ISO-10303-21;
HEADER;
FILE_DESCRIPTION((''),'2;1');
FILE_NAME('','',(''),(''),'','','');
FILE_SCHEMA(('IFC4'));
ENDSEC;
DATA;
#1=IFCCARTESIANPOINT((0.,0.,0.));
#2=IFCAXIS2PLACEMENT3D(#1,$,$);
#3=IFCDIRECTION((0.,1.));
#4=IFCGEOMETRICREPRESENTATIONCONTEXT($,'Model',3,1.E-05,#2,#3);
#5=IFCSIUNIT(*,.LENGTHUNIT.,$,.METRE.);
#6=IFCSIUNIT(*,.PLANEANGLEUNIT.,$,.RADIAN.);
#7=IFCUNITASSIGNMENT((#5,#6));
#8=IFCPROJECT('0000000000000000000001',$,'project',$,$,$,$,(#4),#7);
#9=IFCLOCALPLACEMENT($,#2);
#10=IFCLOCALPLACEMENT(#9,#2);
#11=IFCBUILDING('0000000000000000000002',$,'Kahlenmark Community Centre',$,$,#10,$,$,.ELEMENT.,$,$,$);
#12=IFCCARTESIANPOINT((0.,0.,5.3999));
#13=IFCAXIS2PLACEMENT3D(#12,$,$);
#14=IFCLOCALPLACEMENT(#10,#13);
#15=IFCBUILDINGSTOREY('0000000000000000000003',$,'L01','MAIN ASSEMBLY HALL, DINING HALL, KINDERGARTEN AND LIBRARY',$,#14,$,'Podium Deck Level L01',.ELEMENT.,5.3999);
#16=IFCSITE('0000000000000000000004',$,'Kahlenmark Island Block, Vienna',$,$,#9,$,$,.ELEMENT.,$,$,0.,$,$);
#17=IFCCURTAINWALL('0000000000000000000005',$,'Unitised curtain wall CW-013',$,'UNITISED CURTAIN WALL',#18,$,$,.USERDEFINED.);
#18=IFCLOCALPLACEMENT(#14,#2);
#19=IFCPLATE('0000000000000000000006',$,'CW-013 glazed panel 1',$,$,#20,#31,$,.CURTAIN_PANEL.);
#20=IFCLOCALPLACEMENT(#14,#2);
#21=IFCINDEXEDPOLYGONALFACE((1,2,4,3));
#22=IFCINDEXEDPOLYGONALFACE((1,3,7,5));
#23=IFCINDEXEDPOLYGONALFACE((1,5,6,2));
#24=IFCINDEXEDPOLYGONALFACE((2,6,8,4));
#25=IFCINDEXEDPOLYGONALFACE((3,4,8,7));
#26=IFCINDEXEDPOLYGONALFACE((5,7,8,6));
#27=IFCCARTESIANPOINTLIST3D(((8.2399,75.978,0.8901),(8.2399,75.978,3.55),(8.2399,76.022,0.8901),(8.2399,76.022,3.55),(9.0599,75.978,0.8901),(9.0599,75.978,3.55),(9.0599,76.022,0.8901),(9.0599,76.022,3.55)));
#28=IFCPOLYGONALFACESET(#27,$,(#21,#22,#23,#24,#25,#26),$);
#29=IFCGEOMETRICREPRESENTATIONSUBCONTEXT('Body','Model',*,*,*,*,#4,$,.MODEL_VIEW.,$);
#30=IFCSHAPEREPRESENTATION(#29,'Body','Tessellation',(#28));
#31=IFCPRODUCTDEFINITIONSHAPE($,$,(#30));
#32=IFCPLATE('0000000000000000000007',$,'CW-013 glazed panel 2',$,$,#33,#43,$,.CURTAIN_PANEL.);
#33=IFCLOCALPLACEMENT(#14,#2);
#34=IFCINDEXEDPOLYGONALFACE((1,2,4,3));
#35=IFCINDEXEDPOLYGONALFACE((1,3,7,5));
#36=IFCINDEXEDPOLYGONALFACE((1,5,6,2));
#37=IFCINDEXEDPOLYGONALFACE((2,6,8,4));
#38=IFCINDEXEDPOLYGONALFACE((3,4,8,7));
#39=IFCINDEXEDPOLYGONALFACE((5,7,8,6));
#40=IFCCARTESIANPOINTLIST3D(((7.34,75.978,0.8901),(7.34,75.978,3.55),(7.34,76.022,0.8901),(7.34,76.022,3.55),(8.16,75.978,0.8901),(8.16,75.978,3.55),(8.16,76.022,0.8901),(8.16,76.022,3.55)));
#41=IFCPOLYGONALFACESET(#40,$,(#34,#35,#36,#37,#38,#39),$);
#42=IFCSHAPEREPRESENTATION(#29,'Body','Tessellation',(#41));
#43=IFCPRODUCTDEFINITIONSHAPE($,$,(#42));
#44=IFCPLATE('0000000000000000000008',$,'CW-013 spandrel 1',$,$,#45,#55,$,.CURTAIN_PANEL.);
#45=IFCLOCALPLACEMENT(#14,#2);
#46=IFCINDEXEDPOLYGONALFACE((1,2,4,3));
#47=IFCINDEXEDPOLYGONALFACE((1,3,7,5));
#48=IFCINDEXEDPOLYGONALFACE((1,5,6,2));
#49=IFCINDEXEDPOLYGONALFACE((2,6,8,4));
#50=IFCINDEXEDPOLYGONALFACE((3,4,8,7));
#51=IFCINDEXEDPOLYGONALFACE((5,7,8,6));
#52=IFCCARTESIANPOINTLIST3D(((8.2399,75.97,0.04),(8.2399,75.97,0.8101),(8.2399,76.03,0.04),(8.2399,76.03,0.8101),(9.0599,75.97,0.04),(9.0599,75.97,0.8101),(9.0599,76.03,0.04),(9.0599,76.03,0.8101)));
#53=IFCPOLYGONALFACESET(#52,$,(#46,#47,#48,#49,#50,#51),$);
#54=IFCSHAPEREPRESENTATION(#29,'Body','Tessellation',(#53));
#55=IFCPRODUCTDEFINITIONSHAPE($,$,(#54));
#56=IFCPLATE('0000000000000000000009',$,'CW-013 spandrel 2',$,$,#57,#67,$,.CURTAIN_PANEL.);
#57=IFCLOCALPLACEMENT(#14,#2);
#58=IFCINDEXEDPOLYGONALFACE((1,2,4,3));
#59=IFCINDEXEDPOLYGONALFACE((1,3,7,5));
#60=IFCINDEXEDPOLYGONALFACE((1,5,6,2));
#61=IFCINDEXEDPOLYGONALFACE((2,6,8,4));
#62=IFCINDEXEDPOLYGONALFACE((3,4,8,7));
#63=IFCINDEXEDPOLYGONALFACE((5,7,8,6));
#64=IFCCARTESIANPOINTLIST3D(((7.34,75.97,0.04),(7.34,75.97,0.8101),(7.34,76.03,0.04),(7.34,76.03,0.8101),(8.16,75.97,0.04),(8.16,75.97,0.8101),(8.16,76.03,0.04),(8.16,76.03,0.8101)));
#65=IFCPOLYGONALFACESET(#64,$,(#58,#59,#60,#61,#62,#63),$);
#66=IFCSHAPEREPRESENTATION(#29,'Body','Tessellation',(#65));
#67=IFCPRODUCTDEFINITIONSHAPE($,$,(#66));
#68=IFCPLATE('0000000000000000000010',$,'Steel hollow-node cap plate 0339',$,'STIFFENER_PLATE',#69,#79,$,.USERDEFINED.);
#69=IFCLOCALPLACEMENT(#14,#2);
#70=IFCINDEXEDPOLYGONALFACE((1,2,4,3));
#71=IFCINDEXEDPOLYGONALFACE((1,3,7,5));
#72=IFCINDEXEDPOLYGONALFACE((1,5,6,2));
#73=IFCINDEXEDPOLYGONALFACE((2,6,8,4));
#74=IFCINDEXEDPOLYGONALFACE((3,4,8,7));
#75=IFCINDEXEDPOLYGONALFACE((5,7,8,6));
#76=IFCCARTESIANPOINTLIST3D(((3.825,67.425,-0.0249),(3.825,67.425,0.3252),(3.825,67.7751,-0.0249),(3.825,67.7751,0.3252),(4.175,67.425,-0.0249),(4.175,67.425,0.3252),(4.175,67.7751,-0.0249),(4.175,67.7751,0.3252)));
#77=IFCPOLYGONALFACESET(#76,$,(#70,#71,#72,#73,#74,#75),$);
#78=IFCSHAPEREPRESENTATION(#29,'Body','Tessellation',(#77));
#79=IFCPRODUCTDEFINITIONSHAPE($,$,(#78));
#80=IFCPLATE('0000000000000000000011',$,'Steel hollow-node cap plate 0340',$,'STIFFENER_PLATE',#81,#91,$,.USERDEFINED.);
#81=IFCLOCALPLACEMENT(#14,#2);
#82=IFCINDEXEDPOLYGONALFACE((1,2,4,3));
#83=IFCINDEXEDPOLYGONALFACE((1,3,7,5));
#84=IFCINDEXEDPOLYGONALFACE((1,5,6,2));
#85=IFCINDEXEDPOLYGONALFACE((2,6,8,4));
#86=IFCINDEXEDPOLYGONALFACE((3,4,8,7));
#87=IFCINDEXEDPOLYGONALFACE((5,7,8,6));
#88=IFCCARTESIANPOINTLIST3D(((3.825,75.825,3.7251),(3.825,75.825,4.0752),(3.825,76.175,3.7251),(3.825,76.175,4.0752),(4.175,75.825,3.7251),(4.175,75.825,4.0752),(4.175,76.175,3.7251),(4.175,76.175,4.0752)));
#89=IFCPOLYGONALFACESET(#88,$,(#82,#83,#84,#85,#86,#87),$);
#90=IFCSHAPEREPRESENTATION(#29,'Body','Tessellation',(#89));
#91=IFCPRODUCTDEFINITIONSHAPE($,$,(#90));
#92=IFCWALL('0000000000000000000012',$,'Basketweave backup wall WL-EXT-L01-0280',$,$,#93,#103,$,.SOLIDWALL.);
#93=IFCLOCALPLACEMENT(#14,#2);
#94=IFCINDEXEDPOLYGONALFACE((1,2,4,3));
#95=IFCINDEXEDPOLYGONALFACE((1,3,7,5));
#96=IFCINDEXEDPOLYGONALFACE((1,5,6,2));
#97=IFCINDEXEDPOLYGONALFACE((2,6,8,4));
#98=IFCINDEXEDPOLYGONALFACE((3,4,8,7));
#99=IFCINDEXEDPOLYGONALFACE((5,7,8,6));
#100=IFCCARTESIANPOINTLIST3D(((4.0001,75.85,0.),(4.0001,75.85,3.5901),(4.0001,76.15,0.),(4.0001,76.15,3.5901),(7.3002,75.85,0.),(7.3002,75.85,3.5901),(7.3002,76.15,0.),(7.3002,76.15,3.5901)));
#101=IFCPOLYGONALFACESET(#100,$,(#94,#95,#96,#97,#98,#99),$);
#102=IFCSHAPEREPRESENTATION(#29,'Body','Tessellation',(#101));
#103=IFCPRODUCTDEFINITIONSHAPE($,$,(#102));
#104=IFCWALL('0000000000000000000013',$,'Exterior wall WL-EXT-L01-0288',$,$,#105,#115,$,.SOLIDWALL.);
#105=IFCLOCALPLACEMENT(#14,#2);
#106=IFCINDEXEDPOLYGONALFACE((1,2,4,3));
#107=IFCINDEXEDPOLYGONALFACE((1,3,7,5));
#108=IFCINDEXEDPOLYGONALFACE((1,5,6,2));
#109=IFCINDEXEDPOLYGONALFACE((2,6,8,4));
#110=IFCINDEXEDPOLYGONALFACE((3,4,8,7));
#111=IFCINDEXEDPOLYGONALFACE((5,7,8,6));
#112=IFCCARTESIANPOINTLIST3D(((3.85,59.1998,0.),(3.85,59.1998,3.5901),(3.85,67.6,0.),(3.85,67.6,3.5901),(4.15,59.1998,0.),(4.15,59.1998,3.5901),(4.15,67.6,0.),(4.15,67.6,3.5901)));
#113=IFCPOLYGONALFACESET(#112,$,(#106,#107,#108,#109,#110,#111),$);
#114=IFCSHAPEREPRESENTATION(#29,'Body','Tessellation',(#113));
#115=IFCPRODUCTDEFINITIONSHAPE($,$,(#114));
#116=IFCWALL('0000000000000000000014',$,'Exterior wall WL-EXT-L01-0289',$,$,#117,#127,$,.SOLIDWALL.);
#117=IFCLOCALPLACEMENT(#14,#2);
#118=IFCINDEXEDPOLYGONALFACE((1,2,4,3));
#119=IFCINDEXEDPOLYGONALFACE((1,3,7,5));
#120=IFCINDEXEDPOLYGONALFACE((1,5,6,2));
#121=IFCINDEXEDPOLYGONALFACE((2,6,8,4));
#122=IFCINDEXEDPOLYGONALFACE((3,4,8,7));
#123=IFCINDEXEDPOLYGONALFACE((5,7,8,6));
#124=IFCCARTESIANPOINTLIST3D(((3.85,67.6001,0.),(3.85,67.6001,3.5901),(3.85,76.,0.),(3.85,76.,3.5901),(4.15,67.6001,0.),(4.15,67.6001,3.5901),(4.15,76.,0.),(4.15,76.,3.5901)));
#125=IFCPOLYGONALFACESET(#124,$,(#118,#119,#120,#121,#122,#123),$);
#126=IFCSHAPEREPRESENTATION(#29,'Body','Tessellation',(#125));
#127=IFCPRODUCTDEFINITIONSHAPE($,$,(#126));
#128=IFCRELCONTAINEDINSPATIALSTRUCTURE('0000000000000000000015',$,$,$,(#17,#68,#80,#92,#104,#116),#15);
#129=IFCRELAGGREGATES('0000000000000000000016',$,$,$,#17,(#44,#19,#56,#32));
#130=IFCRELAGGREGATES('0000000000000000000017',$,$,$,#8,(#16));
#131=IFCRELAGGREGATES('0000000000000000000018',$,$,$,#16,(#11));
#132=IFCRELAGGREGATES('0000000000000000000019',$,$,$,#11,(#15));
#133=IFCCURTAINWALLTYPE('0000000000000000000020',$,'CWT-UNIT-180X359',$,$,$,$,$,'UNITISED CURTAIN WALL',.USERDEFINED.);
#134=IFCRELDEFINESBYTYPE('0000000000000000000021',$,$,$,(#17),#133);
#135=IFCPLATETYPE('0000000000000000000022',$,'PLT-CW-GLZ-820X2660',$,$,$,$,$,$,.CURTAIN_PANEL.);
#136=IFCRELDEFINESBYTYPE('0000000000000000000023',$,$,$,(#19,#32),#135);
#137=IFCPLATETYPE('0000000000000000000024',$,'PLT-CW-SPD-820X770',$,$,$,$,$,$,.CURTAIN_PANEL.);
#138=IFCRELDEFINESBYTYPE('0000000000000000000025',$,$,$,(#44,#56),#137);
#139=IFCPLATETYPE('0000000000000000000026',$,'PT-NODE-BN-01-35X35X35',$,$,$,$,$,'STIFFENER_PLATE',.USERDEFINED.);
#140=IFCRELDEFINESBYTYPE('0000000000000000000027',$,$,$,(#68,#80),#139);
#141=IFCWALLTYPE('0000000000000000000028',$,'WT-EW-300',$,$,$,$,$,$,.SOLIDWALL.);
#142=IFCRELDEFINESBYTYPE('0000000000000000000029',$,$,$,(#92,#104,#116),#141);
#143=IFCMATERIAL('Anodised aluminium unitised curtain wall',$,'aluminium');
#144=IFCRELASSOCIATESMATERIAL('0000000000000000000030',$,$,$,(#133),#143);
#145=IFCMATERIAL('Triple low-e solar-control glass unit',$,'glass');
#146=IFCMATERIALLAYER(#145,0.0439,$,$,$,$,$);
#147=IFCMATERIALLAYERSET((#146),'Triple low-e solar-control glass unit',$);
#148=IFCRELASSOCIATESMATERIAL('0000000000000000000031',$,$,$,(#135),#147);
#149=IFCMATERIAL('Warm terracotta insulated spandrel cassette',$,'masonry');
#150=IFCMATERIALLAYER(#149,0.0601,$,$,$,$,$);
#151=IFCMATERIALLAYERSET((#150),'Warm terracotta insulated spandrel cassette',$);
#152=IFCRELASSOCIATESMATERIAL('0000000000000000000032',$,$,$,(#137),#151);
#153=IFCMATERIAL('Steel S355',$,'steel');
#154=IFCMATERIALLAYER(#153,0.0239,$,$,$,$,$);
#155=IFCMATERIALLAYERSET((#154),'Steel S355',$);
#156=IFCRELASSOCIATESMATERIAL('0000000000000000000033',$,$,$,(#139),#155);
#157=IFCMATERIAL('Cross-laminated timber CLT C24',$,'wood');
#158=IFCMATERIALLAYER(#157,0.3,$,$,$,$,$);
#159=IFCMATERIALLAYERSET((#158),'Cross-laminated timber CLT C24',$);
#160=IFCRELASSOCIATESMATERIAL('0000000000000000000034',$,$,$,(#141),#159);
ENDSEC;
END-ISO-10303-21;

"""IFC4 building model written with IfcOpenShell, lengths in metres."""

from ifc_helpers import new_model, si_unit, direction, frame, frame_2d, origin, origin_2d, place, context, subcontext, project, spatial, rectangle, extrude, material, layer, layer_set, type_object, element, aggregate, save


model = new_model("IFC4")

# Units and contexts
model_context = context("Model", 3, precision=1e-05, world=origin(), true_north=direction((0.0, 1.0)))
body_context = subcontext(model_context, "Body", "Model", "MODEL_VIEW")
ifc_project = project(units=[si_unit("LENGTHUNIT", "METRE"), si_unit("PLANEANGLEUNIT", "RADIAN")], contexts=[model_context])

# Site, building, storey
site_placement = place(None, origin())
site = spatial("IfcSite", under=ifc_project, at=site_placement, Name="Kahlenmark Island Block, Vienna", CompositionType="ELEMENT", RefElevation=0.0)
building_placement = place(site_placement, origin())
building = spatial("IfcBuilding", under=site, at=building_placement, Name="Kahlenmark Community Centre", CompositionType="ELEMENT")
storey_placement = place(building_placement, frame((0.0, 0.0, 5.3999)))
storey = spatial("IfcBuildingStorey", under=building, at=storey_placement, Name="L01", Description="MAIN ASSEMBLY HALL, DINING HALL, KINDERGARTEN AND LIBRARY", LongName="Podium Deck Level L01", CompositionType="ELEMENT", Elevation=5.3999)

# Shared definitions
ifc_material_1 = material(Name="Steel S355", Category="steel")

# Curtain wall, plates
ifc_material_2 = material(Name="Anodised aluminium unitised curtain wall", Category="aluminium")
curtain_wall_type = type_object("IfcCurtainWallType", Name="CWT-UNIT-180X359", ElementType="UNITISED CURTAIN WALL", PredefinedType="USERDEFINED", material=ifc_material_2)
curtain_wall_placement = place(storey_placement, origin())
curtain_wall = element("IfcCurtainWall", 1, at=curtain_wall_placement, inside=storey, type_object=curtain_wall_type, Name="Unitised curtain wall CW-013", ObjectType="UNITISED CURTAIN WALL", PredefinedType="USERDEFINED")
ifc_material_3 = material(Name="Triple low-e solar-control glass unit", Category="glass")
ifc_layer_1 = layer(ifc_material_3, 0.0439)
ifc_layer_set_1 = layer_set([ifc_layer_1], Name="Triple low-e solar-control glass unit")
plate_type_1 = type_object("IfcPlateType", Name="PLT-CW-GLZ-820X2660", PredefinedType="CURTAIN_PANEL", material=ifc_layer_set_1)
plate_1_placement = place(storey_placement, frame((8.6499, 76.0, 0.8901), z_axis=(0.0, 0.0, 1.0), x_axis=(-1.0, 0.0, 0.0)))
plate_1 = element("IfcPlate", 2, at=plate_1_placement, type_object=plate_type_1, Name="CW-013 glazed panel 1", PredefinedType="CURTAIN_PANEL", context=body_context, shape_type="SweptSolid", body=[
    extrude(rectangle(XDim=0.8201, YDim=0.0439, at=origin_2d()), origin(), (0.0, 0.0, 1.0), 2.6599),
])
plate_2_placement = place(storey_placement, frame((7.75, 76.0, 0.8901), z_axis=(0.0, 0.0, 1.0), x_axis=(-1.0, 0.0, 0.0)))
plate_2 = element("IfcPlate", 3, at=plate_2_placement, type_object=plate_type_1, Name="CW-013 glazed panel 2", PredefinedType="CURTAIN_PANEL", context=body_context, shape_type="SweptSolid", body=[
    extrude(rectangle(XDim=0.8201, YDim=0.0439, at=origin_2d()), origin(), (0.0, 0.0, 1.0), 2.6599),
])
ifc_material_4 = material(Name="Warm terracotta insulated spandrel cassette", Category="masonry")
ifc_layer_2 = layer(ifc_material_4, 0.0601)
ifc_layer_set_2 = layer_set([ifc_layer_2], Name="Warm terracotta insulated spandrel cassette")
plate_type_2 = type_object("IfcPlateType", Name="PLT-CW-SPD-820X770", PredefinedType="CURTAIN_PANEL", material=ifc_layer_set_2)
plate_3_placement = place(storey_placement, frame((8.6499, 76.0, 0.04), z_axis=(0.0, 0.0, 1.0), x_axis=(-1.0, 0.0, 0.0)))
plate_3 = element("IfcPlate", 4, at=plate_3_placement, type_object=plate_type_2, Name="CW-013 spandrel 1", PredefinedType="CURTAIN_PANEL", context=body_context, shape_type="SweptSolid", body=[
    extrude(rectangle(XDim=0.8201, YDim=0.0601, at=origin_2d()), origin(), (0.0, 0.0, 1.0), 0.77),
])
plate_4_placement = place(storey_placement, frame((7.75, 76.0, 0.04), z_axis=(0.0, 0.0, 1.0), x_axis=(-1.0, 0.0, 0.0)))
plate_4 = element("IfcPlate", 5, at=plate_4_placement, type_object=plate_type_2, Name="CW-013 spandrel 2", PredefinedType="CURTAIN_PANEL", context=body_context, shape_type="SweptSolid", body=[
    extrude(rectangle(XDim=0.8201, YDim=0.0601, at=origin_2d()), origin(), (0.0, 0.0, 1.0), 0.77),
])
aggregate(curtain_wall, [plate_3, plate_1, plate_4, plate_2])

# Plates
ifc_layer_3 = layer(ifc_material_1, 0.0239)
ifc_layer_set_3 = layer_set([ifc_layer_3], Name="Steel S355")
plate_type_3 = type_object("IfcPlateType", Name="PT-NODE-BN-01-35X35X35", ElementType="STIFFENER_PLATE", PredefinedType="USERDEFINED", material=ifc_layer_set_3)
for number, where, z_axis, x_axis, name in (
    (6, (4.0, 67.6001, -0.0249), (0.0, 0.0, 1.0), (1.0, 0.0, 0.0), "Steel hollow-node cap plate 0339"),
    (7, (4.0, 76.0, 3.7251), (0.0, 0.0, 1.0), (1.0, 0.0, 0.0), "Steel hollow-node cap plate 0340"),
):
    element("IfcPlate", number, at=place(storey_placement, frame(where, z_axis=z_axis, x_axis=x_axis)), inside=storey, type_object=plate_type_3, Name=name, ObjectType="STIFFENER_PLATE", PredefinedType="USERDEFINED", context=body_context, shape_type="SweptSolid", body=[
        extrude(rectangle(XDim=0.3501, YDim=0.3501, at=origin_2d()), origin(), (0.0, 0.0, 1.0), 0.3501),
    ])

# Walls
ifc_material_5 = material(Name="Cross-laminated timber CLT C24", Category="wood")
ifc_layer_4 = layer(ifc_material_5, 0.3)
ifc_layer_set_4 = layer_set([ifc_layer_4], Name="Cross-laminated timber CLT C24")
wall_type = type_object("IfcWallType", Name="WT-EW-300", PredefinedType="SOLIDWALL", material=ifc_layer_set_4)
wall_1_placement = place(storey_placement, frame((7.3, 76.0, 0.0), z_axis=(0.0, 0.0, 1.0), x_axis=(-1.0, 0.0, 0.0)))
element("IfcWall", 8, at=wall_1_placement, inside=storey, type_object=wall_type, Name="Basketweave backup wall WL-EXT-L01-0280", PredefinedType="SOLIDWALL", context=body_context, shape_type="SweptSolid", body=[
    extrude(rectangle(XDim=3.3, YDim=0.3, at=frame_2d((1.6499, 0.0))), origin(), (0.0, 0.0, 1.0), 3.5901),
])
wall_2_placement = place(storey_placement, frame((4.0, 67.6001, 0.0), z_axis=(0.0, 0.0, 1.0), x_axis=(0.0, -1.0, 0.0)))
element("IfcWall", 9, at=wall_2_placement, inside=storey, type_object=wall_type, Name="Exterior wall WL-EXT-L01-0288", PredefinedType="SOLIDWALL", context=body_context, shape_type="SweptSolid", body=[
    extrude(rectangle(XDim=8.4001, YDim=0.3, at=frame_2d((4.2002, 0.0))), origin(), (0.0, 0.0, 1.0), 3.5901),
])
wall_3_placement = place(storey_placement, frame((4.0, 76.0, 0.0), z_axis=(0.0, 0.0, 1.0), x_axis=(0.0, -1.0, 0.0)))
element("IfcWall", 10, at=wall_3_placement, inside=storey, type_object=wall_type, Name="Exterior wall WL-EXT-L01-0289", PredefinedType="SOLIDWALL", context=body_context, shape_type="SweptSolid", body=[
    extrude(rectangle(XDim=8.3999, YDim=0.3, at=frame_2d((4.2, 0.0))), origin(), (0.0, 0.0, 1.0), 3.5901),
])

save(model, "model.ifc")
